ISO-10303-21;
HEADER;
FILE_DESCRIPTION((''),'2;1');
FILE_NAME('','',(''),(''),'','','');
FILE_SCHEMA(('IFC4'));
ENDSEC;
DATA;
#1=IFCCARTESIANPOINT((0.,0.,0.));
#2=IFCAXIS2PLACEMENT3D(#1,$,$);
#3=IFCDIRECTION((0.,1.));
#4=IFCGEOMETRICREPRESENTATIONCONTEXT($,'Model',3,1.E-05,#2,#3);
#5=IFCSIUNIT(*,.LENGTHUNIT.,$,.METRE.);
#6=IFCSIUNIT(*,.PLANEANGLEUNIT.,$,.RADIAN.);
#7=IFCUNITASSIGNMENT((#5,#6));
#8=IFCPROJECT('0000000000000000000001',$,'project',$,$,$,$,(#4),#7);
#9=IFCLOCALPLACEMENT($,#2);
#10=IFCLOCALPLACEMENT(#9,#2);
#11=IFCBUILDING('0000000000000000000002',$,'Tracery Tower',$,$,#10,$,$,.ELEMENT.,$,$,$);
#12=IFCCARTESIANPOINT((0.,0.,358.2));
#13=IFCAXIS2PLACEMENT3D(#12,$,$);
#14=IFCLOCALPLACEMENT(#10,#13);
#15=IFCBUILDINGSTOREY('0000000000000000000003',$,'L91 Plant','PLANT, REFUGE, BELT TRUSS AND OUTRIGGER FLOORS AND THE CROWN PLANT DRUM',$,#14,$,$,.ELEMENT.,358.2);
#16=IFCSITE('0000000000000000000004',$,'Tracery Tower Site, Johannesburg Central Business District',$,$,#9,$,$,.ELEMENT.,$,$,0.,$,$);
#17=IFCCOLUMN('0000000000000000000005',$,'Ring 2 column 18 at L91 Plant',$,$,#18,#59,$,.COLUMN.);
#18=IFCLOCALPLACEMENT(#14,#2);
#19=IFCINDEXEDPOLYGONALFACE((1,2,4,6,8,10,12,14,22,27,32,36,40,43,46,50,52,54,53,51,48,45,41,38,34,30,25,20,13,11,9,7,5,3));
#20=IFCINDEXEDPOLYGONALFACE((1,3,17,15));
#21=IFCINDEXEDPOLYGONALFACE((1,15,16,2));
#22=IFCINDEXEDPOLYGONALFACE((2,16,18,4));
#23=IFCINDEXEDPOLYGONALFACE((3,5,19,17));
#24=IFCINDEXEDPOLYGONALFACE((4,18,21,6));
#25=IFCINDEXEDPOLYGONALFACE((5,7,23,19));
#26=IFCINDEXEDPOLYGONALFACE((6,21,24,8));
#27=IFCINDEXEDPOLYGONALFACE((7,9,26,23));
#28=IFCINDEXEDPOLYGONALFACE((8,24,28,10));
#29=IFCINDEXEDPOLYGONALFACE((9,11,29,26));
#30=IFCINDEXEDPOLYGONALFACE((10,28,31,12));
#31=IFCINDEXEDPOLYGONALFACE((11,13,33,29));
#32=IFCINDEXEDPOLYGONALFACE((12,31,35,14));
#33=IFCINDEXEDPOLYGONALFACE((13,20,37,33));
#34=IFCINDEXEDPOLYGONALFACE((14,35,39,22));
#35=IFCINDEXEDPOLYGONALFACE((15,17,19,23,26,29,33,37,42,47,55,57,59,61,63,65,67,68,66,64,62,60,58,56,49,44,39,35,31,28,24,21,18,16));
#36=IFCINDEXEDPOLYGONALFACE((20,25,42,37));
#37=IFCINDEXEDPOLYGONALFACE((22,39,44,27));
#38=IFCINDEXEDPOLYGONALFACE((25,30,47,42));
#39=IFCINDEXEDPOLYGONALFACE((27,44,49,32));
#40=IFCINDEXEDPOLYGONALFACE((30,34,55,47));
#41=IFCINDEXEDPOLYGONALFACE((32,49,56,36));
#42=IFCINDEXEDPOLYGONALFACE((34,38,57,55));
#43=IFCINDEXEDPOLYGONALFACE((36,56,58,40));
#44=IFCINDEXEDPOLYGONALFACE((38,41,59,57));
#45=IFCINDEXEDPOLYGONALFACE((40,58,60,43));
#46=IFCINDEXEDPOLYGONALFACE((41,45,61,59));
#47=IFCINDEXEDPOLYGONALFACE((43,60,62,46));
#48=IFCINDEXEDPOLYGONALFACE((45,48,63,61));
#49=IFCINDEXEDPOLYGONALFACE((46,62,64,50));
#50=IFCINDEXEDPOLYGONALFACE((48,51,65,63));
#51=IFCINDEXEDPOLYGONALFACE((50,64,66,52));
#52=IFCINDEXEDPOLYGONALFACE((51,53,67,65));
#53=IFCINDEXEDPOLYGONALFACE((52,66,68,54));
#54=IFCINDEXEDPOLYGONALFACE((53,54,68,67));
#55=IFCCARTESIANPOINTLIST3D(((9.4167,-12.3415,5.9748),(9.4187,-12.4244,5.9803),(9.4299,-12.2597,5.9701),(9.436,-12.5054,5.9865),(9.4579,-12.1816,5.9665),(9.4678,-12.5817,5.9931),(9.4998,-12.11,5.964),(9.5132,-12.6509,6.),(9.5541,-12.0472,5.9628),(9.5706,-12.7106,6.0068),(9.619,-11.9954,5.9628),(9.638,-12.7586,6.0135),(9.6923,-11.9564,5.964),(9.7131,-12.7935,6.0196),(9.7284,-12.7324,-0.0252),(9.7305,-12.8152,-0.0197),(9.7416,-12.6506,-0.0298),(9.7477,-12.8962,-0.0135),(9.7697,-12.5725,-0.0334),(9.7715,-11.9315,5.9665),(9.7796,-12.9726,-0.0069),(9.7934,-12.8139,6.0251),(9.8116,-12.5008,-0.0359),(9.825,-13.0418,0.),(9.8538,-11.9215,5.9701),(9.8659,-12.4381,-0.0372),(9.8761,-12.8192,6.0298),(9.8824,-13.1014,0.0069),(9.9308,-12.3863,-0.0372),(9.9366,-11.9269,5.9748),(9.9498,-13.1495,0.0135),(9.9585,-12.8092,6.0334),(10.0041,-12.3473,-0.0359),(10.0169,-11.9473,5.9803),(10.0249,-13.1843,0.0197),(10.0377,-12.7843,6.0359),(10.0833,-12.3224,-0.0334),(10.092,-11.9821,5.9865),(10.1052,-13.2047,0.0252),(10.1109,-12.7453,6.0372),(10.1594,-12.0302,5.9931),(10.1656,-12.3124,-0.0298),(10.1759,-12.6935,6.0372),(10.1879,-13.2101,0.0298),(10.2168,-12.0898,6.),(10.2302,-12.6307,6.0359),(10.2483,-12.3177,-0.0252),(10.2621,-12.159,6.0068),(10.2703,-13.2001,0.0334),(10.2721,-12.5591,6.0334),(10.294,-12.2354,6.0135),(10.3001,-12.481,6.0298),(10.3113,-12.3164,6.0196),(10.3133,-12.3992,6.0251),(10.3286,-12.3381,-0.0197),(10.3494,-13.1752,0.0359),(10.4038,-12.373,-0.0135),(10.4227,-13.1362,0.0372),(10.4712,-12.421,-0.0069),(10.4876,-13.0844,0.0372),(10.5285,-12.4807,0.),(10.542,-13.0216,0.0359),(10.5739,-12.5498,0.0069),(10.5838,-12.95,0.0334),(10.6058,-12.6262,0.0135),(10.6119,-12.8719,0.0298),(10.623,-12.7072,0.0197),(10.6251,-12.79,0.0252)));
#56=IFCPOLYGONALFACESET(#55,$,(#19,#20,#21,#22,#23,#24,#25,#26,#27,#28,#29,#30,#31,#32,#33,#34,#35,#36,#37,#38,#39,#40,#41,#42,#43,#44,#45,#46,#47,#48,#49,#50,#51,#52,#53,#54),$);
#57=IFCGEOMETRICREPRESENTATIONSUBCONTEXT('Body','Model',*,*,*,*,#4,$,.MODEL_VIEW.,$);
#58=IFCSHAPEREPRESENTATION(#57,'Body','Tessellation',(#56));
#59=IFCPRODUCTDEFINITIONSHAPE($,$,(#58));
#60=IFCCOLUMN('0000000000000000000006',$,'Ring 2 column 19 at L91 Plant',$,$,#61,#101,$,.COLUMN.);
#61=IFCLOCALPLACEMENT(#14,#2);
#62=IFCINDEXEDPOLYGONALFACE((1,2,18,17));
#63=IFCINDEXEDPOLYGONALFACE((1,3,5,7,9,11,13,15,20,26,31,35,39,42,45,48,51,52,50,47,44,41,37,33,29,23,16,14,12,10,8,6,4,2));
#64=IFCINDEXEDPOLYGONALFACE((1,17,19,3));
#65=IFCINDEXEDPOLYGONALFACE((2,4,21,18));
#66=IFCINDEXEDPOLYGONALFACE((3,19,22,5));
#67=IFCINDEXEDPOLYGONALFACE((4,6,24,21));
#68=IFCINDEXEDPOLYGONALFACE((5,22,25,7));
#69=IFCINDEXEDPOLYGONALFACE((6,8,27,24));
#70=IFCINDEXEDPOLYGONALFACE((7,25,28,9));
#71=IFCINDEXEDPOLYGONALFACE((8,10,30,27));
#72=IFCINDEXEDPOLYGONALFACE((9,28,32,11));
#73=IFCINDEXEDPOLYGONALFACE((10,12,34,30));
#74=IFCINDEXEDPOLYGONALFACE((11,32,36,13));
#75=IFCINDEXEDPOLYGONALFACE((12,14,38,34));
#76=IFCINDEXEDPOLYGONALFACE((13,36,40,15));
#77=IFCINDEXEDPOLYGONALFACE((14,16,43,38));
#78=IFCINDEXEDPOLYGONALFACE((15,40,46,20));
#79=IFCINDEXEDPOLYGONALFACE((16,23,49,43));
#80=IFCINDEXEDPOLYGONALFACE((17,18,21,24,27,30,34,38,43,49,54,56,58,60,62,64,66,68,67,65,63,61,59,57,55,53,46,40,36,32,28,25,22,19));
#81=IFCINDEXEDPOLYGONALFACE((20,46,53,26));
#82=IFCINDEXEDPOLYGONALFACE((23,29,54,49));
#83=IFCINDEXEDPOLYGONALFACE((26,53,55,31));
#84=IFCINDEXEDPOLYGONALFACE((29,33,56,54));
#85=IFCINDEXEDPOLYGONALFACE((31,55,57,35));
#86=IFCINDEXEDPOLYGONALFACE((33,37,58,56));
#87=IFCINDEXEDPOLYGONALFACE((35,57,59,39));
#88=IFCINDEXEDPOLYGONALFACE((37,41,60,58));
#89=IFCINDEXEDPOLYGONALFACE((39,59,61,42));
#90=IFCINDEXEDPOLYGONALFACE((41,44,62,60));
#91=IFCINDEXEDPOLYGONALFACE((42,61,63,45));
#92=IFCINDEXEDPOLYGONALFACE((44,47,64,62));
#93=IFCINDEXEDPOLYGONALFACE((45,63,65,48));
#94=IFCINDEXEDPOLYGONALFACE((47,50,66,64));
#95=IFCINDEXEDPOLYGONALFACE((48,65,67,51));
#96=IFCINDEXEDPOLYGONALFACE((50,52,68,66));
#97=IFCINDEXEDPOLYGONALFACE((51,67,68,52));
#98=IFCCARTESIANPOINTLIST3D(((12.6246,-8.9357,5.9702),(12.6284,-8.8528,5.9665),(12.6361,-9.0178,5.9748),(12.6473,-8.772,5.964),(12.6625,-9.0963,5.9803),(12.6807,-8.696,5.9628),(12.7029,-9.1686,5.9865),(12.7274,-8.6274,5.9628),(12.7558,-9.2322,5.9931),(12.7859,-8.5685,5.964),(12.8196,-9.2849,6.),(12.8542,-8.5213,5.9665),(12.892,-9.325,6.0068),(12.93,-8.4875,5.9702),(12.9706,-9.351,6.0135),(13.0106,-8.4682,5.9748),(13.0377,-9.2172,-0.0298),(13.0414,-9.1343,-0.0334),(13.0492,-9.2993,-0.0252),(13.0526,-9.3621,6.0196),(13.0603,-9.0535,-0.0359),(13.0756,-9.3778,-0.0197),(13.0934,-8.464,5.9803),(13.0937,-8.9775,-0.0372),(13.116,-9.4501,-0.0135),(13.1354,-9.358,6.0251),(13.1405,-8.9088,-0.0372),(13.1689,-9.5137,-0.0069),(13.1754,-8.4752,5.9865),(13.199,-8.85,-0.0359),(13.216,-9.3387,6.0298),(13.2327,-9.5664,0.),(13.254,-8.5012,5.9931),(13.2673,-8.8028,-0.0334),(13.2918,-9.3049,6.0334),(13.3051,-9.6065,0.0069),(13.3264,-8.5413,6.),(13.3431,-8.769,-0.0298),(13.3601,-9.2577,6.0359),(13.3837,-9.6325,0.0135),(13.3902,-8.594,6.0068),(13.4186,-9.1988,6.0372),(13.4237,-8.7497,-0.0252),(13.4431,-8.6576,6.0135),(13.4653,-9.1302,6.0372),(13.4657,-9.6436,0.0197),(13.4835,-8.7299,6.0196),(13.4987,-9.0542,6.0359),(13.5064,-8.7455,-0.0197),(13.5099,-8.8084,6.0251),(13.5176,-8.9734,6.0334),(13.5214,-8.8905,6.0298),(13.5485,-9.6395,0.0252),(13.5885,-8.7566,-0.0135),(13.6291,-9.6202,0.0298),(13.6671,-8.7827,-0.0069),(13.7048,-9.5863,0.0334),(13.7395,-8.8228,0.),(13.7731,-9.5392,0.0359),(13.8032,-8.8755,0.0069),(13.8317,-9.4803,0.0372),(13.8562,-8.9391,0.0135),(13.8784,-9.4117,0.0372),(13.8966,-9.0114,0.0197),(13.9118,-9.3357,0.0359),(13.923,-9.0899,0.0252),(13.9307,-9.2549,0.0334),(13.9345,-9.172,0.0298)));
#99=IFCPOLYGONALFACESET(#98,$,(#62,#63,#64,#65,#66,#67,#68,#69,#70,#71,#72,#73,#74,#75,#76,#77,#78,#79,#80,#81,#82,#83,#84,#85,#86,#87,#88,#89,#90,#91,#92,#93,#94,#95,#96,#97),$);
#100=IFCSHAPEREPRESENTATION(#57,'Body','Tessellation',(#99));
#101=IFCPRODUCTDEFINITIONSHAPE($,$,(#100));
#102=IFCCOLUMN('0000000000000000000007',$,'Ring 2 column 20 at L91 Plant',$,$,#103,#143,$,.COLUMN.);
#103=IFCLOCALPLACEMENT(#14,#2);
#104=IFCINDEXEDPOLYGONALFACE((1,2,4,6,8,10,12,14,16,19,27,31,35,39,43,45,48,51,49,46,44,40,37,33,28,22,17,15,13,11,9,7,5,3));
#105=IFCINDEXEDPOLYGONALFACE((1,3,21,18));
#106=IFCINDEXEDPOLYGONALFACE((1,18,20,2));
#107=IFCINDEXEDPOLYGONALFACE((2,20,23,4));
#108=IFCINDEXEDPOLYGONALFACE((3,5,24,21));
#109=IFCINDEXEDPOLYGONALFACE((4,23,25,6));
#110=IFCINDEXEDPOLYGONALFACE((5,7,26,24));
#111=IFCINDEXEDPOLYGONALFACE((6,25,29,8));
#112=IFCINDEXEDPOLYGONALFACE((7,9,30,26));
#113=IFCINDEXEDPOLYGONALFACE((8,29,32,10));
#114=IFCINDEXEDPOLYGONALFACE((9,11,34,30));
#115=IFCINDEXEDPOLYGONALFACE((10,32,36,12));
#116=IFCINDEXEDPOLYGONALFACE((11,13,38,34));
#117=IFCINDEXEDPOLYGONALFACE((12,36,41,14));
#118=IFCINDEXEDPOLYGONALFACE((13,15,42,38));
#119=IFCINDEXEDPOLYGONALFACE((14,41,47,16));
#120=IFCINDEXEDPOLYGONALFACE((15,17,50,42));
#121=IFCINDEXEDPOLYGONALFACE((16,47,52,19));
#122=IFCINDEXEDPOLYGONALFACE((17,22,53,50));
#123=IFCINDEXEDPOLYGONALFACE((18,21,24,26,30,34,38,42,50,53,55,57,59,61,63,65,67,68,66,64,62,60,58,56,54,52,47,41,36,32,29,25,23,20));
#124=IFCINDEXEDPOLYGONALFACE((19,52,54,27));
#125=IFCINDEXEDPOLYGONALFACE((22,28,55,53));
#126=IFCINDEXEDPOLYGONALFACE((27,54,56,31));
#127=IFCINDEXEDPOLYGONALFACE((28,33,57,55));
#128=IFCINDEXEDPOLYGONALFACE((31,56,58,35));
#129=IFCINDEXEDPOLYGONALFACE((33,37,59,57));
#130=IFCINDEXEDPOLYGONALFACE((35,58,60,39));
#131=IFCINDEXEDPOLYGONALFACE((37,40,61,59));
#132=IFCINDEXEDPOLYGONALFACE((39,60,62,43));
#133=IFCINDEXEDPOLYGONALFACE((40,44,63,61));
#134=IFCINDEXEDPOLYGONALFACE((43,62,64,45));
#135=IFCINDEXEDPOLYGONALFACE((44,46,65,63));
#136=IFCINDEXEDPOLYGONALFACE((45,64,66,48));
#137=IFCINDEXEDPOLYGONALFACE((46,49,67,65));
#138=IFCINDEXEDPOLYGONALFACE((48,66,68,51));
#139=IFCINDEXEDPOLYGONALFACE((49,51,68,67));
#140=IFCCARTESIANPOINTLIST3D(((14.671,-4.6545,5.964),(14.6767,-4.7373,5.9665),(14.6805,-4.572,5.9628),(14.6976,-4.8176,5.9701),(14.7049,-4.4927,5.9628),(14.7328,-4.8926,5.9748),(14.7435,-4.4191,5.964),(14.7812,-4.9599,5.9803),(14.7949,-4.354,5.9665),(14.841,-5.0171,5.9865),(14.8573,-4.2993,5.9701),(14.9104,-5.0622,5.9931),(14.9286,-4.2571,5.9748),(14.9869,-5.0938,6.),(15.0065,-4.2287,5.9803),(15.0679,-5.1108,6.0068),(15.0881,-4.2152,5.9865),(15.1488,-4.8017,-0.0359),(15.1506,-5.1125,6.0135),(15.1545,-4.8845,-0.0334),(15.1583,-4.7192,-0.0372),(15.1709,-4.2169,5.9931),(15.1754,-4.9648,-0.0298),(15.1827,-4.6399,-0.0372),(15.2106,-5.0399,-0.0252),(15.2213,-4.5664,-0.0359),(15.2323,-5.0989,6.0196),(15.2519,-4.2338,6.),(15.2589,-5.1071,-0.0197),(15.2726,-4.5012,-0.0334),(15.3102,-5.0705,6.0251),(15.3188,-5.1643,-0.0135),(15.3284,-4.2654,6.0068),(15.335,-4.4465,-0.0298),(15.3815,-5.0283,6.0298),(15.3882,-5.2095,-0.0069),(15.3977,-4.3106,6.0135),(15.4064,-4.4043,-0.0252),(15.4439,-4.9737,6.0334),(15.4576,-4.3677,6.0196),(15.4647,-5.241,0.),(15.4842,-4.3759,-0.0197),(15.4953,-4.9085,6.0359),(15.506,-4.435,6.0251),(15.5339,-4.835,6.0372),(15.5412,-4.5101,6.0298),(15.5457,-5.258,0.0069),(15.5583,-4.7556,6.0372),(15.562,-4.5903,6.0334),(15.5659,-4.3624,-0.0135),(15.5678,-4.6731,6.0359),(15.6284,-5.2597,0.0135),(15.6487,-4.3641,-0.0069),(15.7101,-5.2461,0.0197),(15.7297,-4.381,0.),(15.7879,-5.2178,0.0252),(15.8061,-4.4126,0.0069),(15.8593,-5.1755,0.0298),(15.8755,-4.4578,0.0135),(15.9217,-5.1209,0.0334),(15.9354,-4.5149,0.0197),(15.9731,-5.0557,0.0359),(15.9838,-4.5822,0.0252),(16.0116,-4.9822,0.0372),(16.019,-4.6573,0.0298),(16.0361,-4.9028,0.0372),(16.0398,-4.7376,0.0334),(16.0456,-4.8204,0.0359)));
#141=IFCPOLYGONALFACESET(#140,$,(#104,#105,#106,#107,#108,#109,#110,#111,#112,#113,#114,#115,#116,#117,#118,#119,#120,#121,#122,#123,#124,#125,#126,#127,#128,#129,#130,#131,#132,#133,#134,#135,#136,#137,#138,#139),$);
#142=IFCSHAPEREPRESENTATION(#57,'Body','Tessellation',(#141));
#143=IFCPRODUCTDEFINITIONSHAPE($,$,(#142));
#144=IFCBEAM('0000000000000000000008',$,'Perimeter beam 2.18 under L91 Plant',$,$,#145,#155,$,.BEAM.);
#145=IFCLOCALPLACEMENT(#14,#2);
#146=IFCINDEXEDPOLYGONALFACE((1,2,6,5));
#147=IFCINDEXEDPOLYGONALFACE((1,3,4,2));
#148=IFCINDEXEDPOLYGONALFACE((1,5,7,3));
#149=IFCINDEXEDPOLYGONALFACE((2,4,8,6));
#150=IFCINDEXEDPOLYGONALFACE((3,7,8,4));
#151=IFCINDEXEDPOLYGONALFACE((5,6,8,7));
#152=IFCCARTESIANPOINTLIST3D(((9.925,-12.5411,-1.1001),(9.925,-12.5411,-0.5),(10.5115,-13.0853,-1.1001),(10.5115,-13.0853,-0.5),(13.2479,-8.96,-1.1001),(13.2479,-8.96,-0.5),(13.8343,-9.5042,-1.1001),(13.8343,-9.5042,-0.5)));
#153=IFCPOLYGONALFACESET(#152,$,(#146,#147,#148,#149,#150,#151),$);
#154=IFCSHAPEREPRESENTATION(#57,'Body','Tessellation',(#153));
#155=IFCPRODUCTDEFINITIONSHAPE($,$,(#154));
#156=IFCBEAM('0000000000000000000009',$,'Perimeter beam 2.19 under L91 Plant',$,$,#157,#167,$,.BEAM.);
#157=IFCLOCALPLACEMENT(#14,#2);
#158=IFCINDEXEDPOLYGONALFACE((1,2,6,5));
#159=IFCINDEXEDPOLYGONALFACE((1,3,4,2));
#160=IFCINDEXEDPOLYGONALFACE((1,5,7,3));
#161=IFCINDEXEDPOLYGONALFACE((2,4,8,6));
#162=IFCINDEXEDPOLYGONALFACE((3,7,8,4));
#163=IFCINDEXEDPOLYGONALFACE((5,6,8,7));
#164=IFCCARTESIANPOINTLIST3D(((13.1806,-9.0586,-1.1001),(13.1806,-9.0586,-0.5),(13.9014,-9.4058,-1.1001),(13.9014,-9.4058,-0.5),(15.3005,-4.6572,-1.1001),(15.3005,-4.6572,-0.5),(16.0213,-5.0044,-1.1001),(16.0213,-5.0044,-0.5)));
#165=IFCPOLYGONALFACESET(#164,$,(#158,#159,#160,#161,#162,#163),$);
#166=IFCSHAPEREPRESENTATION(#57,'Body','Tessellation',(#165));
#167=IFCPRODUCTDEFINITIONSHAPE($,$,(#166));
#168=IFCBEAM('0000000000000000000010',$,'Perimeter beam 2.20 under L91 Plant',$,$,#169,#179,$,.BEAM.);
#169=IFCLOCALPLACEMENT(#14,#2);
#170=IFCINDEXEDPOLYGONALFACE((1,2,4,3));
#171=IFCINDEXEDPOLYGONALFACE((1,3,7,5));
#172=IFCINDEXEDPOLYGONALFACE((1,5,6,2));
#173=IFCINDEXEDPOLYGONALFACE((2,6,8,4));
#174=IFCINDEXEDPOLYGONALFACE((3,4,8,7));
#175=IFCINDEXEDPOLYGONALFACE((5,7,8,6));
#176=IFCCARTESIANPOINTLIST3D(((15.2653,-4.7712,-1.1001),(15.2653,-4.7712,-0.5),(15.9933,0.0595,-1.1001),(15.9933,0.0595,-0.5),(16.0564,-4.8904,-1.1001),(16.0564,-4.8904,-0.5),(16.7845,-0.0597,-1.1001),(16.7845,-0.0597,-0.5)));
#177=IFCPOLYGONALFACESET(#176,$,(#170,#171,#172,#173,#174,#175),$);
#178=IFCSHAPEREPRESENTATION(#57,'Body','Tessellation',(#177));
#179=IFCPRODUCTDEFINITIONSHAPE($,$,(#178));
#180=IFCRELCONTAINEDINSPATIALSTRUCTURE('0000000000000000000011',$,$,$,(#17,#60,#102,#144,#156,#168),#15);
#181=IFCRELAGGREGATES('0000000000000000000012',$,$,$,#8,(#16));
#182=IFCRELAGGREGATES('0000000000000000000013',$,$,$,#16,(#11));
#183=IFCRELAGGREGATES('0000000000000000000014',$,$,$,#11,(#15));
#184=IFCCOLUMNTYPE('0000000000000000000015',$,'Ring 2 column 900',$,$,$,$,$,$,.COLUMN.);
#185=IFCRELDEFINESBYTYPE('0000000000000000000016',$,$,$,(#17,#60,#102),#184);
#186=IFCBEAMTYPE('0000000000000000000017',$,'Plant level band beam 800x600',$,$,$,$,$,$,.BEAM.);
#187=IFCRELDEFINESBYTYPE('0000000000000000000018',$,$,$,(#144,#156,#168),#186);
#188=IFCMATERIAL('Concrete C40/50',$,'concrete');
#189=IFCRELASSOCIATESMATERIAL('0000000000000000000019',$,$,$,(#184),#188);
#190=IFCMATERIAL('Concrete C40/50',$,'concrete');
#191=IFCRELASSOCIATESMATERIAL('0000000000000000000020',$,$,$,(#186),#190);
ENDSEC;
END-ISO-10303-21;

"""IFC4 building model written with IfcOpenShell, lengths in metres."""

from ifc_helpers import new_model, si_unit, direction, frame, origin, origin_2d, place, context, subcontext, project, spatial, rectangle, circle, extrude, material, material_profile, profile_set, type_object, element, save


model = new_model("IFC4")

# Units and contexts
model_context = context("Model", 3, precision=1e-05, world=origin(), true_north=direction((0.0, 1.0)))
body_context = subcontext(model_context, "Body", "Model", "MODEL_VIEW")
ifc_project = project(units=[si_unit("LENGTHUNIT", "METRE"), si_unit("PLANEANGLEUNIT", "RADIAN")], contexts=[model_context])

# Site, building, storey
site_placement = place(None, origin())
site = spatial("IfcSite", under=ifc_project, at=site_placement, Name="Tracery Tower Site, Johannesburg Central Business District", CompositionType="ELEMENT", RefElevation=0.0)
building_placement = place(site_placement, origin())
building = spatial("IfcBuilding", under=site, at=building_placement, Name="Tracery Tower", CompositionType="ELEMENT")
storey_placement = place(building_placement, frame((0.0, 0.0, 358.2)))
storey = spatial("IfcBuildingStorey", under=building, at=storey_placement, Name="L91 Plant", Description="PLANT, REFUGE, BELT TRUSS AND OUTRIGGER FLOORS AND THE CROWN PLANT DRUM", CompositionType="ELEMENT", Elevation=358.2)

# Columns
ifc_material_1 = material(Name="Concrete C40/50", Category="concrete")
ifc_material_profile_1 = material_profile(ifc_material_1, circle(Radius=0.45, at=origin_2d()), Name="RC D900")
ifc_profile_set_1 = profile_set([ifc_material_profile_1], Name="Concrete C40/50")
column_type = type_object("IfcColumnType", Name="Ring 2 column 900", PredefinedType="COLUMN", material=ifc_profile_set_1)
for number, where, z_axis, x_axis, name in (
    (1, (10.1768, -12.7612, 0.0), (-0.051782, 0.06492, 0.996546), (-0.781773, -0.623563, 0.0), "Ring 2 column 18 at L91 Plant"),
    (2, (13.4861, -9.1946, 0.0), (-0.06861, 0.046754, 0.996547), (-0.563125, -0.826372, 0.0), "Ring 2 column 19 at L91 Plant"),
    (3, (15.5972, -4.811, 0.0), (-0.079356, 0.024451, 0.996546), (-0.294463, -0.955663, 0.0), "Ring 2 column 20 at L91 Plant"),
):
    element("IfcColumn", number, at=place(storey_placement, frame(where, z_axis=z_axis, x_axis=x_axis)), inside=storey, type_object=column_type, Name=name, PredefinedType="COLUMN", context=body_context, shape_type="SweptSolid", body=[
        extrude(circle(Radius=0.45, at=origin_2d()), origin(), (0.0, 0.0, 1.0), 6.0208),
    ])

# Beams
ifc_material_2 = material(Name="Concrete C40/50", Category="concrete")
ifc_material_profile_2 = material_profile(ifc_material_2, rectangle(XDim=0.8, YDim=0.6001, at=origin_2d()), Name="RC 800x600")
ifc_profile_set_2 = profile_set([ifc_material_profile_2], Name="Concrete C40/50")
beam_type = type_object("IfcBeamType", Name="Plant level band beam 800x600", PredefinedType="BEAM", material=ifc_profile_set_2)
for number, where, z_axis, x_axis, name in (
    (4, (10.2183, -12.8132, -0.8), (0.680175, 0.73305, 0.0), (-0.73305, 0.680175, 0.0), "Perimeter beam 2.18 under L91 Plant"),
    (5, (13.541, -9.2322, -0.8), (0.433931, 0.900946, 0.0), (-0.900946, 0.433931, 0.0), "Perimeter beam 2.19 under L91 Plant"),
    (6, (15.6609, -4.8308, -0.8), (0.149022, 0.988834, 0.0), (-0.988834, 0.149022, 0.0), "Perimeter beam 2.20 under L91 Plant"),
):
    element("IfcBeam", number, at=place(storey_placement, frame(where, z_axis=z_axis, x_axis=x_axis)), inside=storey, type_object=beam_type, Name=name, PredefinedType="BEAM", context=body_context, shape_type="SweptSolid", body=[
        extrude(rectangle(XDim=0.8, YDim=0.6001, at=origin_2d()), origin(), (0.0, 0.0, 1.0), 4.8853),
    ])

save(model, "model.ifc")
